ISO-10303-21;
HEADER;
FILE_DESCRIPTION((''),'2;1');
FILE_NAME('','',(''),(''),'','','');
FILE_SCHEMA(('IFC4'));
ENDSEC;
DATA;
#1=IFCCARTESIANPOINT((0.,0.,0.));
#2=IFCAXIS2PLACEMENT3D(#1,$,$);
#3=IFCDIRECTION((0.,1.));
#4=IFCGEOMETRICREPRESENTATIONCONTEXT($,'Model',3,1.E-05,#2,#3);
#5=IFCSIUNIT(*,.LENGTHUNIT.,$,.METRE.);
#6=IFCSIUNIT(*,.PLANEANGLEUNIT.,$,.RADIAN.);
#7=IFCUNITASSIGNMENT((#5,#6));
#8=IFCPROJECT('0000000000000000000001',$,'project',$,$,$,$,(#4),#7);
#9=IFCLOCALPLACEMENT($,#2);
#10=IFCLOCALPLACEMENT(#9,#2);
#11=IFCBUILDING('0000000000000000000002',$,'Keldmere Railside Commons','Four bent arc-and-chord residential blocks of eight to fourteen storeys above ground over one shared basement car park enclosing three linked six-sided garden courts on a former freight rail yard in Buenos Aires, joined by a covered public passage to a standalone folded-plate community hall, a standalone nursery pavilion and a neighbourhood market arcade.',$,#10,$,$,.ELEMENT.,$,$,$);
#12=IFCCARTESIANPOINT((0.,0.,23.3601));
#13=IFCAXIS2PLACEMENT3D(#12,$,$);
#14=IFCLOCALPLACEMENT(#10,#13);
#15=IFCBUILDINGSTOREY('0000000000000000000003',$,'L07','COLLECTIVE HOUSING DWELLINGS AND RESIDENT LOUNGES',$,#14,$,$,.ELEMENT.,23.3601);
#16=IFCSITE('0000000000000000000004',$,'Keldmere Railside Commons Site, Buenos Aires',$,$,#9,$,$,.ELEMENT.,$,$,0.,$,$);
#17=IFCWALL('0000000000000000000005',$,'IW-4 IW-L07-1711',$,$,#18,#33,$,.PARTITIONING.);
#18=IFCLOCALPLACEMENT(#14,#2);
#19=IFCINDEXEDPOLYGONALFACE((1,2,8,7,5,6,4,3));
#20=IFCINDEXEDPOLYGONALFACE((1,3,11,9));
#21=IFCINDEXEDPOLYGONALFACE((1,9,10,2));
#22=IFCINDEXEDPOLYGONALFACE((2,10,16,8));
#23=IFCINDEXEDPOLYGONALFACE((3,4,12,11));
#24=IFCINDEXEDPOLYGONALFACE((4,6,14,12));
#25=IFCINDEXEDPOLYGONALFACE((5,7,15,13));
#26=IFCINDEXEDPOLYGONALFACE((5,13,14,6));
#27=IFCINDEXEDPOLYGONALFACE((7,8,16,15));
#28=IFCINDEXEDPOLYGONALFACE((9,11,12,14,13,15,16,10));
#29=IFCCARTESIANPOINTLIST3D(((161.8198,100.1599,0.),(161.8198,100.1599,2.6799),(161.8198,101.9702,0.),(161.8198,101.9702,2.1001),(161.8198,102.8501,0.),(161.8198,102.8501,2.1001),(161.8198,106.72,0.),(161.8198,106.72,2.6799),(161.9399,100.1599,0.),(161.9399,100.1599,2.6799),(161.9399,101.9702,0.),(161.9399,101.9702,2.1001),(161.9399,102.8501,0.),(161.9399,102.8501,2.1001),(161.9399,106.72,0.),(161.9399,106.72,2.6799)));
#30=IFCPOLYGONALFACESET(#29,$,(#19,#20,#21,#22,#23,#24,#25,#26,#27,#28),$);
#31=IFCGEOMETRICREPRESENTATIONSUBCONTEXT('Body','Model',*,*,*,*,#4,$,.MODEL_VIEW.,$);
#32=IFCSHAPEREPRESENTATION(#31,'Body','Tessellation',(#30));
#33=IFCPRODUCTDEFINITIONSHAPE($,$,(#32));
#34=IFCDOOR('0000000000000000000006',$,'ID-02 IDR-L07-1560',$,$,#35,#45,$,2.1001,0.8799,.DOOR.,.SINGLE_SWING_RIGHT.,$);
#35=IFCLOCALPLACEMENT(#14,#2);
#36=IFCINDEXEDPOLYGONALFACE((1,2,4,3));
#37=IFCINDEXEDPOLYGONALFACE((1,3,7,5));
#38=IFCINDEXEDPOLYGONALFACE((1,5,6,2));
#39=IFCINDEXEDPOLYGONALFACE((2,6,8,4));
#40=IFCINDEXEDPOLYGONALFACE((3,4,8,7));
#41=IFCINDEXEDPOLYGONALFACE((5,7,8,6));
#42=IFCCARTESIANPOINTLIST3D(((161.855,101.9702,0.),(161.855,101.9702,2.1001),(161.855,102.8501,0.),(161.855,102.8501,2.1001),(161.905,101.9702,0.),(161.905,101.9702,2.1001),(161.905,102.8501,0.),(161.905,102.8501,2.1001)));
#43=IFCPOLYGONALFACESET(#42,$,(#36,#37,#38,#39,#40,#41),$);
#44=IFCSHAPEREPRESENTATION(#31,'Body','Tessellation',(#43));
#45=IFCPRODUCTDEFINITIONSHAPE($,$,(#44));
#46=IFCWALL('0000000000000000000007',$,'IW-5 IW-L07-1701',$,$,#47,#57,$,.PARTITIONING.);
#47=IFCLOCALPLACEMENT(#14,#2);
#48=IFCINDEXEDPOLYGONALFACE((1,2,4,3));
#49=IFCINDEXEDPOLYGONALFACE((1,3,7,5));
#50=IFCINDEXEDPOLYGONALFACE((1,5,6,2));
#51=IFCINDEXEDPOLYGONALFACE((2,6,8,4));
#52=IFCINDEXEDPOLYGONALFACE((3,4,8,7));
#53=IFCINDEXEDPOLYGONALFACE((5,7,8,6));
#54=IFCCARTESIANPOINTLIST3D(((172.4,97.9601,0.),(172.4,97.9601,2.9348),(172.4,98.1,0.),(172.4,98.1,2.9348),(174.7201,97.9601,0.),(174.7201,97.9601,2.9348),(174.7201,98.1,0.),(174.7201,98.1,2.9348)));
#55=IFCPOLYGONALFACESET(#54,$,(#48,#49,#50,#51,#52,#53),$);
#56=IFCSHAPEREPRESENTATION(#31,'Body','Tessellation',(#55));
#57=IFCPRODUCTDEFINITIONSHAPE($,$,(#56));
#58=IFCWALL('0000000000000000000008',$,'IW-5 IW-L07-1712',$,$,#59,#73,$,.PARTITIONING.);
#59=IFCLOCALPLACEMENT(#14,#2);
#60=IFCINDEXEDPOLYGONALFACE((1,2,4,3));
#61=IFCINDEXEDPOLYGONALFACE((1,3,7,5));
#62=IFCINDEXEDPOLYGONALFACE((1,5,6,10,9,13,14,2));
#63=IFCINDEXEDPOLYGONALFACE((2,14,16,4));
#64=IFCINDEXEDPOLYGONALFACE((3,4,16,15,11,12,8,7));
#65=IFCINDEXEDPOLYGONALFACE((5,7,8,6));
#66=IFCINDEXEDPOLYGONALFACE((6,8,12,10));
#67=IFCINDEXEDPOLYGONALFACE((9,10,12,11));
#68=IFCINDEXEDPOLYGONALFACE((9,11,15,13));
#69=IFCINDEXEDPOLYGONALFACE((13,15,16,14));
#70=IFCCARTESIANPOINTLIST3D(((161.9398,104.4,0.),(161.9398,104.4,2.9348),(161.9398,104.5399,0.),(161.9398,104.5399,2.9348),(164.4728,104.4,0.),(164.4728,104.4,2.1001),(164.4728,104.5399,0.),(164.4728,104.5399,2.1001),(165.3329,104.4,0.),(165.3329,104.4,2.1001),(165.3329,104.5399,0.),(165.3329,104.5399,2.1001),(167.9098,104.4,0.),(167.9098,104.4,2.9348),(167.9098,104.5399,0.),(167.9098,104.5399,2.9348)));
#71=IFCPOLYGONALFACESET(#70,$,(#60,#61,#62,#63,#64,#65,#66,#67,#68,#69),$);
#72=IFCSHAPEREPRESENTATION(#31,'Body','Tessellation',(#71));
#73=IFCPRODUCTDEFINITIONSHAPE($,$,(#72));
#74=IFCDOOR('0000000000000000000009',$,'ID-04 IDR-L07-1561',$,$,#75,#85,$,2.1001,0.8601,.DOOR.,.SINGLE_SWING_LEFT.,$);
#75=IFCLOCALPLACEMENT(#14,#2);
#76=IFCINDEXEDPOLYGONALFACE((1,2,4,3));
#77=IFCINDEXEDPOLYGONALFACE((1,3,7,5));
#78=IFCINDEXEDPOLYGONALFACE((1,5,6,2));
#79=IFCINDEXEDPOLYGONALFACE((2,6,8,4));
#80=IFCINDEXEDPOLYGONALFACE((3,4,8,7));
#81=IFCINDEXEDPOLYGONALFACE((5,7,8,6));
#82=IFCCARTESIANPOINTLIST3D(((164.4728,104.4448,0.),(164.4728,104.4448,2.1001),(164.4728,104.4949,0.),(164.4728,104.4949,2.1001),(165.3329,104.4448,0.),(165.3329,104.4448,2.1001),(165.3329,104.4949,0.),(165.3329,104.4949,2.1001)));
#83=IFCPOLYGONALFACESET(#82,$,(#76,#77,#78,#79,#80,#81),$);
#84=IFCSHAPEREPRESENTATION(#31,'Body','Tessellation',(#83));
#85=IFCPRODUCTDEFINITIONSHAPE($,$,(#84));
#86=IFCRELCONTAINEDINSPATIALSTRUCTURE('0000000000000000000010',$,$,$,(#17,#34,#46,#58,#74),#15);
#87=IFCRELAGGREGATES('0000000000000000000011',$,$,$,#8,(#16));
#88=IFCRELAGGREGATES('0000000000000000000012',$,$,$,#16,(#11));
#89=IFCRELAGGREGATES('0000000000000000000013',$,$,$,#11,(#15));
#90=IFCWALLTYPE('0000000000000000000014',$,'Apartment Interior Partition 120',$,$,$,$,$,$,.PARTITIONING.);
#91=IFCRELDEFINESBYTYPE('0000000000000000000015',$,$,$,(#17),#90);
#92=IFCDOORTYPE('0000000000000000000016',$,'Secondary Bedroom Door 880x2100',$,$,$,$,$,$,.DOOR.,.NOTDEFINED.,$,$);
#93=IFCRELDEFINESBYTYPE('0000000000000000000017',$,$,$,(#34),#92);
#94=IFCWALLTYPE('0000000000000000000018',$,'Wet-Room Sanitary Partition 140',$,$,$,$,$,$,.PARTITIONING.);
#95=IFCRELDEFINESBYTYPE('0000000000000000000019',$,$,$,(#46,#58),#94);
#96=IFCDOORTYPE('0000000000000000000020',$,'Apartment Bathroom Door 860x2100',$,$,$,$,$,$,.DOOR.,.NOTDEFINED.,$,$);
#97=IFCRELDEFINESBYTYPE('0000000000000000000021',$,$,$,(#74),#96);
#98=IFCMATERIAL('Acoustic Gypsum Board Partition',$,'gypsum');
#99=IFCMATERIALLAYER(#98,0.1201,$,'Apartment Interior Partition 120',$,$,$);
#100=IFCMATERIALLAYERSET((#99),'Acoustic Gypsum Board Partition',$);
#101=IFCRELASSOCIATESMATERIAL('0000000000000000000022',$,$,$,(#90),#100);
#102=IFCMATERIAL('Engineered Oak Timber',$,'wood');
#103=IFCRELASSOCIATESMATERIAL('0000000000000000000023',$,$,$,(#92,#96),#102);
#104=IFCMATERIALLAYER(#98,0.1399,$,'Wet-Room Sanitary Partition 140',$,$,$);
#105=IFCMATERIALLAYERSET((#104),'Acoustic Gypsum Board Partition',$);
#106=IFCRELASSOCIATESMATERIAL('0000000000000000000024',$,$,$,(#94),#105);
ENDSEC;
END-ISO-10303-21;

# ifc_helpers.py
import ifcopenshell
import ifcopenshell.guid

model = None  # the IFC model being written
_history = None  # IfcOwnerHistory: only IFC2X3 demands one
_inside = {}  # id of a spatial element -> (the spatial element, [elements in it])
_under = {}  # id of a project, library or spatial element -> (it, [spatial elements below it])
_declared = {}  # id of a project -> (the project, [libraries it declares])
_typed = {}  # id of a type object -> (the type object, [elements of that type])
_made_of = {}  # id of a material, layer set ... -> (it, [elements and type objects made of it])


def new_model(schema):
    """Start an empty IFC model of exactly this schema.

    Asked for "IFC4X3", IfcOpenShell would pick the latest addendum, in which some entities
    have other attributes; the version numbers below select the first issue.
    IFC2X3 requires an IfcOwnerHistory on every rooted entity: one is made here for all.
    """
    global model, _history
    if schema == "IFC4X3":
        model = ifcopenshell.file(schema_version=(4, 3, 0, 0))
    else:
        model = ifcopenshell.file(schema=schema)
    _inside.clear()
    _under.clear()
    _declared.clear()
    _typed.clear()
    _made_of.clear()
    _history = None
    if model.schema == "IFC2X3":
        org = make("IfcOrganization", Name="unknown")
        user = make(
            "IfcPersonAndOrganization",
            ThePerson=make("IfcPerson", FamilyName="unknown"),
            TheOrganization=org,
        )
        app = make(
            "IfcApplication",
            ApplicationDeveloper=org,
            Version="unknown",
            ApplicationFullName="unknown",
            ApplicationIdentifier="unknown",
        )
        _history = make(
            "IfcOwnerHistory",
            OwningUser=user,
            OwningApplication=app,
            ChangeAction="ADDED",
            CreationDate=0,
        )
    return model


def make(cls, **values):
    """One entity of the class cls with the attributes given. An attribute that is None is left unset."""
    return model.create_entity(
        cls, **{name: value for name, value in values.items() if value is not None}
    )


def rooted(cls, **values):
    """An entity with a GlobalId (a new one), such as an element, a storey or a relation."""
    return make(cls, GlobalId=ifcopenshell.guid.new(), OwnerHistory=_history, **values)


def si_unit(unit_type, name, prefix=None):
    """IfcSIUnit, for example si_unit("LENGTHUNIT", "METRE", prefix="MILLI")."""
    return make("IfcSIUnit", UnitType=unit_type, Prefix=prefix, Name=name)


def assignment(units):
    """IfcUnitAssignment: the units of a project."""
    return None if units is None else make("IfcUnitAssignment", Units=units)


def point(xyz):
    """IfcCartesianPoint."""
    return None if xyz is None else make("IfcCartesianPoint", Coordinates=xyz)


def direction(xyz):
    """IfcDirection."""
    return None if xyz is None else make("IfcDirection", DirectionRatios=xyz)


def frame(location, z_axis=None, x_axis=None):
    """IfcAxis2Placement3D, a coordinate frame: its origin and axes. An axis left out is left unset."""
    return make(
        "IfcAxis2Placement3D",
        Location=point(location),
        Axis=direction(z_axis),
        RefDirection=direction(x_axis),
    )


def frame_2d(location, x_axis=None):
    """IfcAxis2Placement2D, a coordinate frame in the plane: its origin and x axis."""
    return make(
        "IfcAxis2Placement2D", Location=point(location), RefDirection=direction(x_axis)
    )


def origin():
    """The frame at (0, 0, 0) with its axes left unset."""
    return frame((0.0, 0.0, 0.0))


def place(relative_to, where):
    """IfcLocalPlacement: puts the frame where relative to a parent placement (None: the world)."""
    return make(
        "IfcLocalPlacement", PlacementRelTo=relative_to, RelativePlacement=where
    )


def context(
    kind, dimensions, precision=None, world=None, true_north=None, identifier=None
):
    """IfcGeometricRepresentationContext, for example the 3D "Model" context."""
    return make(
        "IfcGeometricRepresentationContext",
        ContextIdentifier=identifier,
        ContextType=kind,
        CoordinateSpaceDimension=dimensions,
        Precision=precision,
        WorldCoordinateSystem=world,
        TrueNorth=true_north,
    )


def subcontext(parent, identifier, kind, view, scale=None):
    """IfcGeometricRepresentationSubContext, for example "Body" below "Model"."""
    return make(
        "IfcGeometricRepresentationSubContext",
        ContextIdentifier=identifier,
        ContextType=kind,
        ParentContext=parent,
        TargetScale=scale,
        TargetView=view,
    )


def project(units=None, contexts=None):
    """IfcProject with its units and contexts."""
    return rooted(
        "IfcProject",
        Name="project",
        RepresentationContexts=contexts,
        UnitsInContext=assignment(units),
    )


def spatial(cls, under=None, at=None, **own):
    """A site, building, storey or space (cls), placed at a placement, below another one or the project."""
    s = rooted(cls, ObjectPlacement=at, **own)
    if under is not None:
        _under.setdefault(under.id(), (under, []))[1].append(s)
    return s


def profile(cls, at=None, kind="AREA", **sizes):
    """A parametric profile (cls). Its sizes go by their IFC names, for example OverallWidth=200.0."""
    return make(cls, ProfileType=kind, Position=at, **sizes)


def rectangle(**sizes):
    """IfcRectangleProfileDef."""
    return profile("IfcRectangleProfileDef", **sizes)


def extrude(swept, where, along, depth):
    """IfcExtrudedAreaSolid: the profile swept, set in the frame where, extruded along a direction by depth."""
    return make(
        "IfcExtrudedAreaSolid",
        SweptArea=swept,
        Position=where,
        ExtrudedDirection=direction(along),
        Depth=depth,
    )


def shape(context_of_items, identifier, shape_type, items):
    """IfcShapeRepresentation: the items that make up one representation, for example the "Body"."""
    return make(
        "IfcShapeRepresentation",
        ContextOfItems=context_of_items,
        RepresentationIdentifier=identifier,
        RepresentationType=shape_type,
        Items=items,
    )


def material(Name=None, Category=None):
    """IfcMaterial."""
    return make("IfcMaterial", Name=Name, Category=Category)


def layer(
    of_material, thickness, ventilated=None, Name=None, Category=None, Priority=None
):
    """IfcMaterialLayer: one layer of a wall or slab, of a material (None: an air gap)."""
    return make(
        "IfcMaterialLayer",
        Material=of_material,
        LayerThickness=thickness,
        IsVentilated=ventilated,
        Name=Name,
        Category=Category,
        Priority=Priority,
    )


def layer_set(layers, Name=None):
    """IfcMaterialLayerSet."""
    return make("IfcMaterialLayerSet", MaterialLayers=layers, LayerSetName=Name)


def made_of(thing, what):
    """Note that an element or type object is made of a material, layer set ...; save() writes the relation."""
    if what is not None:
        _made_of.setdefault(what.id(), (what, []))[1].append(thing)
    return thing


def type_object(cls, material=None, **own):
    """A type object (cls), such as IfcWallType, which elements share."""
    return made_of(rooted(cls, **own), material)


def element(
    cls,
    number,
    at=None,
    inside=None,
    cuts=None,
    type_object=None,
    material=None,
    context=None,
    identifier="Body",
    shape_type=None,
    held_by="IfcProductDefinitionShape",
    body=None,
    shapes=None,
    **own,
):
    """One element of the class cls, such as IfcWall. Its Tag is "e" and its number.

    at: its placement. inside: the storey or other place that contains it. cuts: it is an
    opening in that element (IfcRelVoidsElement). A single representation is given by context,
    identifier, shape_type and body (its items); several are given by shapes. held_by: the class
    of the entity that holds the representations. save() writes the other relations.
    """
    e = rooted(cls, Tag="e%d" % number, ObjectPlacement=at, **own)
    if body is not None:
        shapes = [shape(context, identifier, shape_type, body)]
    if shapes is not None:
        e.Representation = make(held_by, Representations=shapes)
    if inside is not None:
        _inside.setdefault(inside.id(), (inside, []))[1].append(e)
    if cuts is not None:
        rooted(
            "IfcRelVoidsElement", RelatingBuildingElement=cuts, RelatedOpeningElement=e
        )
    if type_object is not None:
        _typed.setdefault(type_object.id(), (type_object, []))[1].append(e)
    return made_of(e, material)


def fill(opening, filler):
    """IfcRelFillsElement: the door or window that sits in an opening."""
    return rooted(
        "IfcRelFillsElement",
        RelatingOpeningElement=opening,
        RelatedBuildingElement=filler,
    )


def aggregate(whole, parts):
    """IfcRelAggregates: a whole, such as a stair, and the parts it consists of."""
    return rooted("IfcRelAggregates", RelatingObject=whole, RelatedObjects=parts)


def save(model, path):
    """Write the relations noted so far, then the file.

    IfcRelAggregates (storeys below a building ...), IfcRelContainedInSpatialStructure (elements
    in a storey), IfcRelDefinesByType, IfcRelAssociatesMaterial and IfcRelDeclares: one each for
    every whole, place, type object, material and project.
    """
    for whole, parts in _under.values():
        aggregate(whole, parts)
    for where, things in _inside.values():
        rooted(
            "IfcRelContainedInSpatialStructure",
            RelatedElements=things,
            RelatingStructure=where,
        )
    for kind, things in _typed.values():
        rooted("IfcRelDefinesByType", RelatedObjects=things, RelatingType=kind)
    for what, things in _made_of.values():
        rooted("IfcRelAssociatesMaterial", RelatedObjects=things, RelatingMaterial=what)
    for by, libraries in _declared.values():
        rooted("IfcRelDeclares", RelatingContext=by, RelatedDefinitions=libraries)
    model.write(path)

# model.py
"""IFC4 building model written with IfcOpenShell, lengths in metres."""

from ifc_helpers import new_model, si_unit, direction, frame, frame_2d, origin, place, context, subcontext, project, spatial, rectangle, extrude, material, layer, layer_set, type_object, element, fill, save


model = new_model("IFC4")

# Units and contexts
model_context = context("Model", 3, precision=1e-05, world=origin(), true_north=direction((0.0, 1.0)))
body_context = subcontext(model_context, "Body", "Model", "MODEL_VIEW")
ifc_project = project(units=[si_unit("LENGTHUNIT", "METRE"), si_unit("PLANEANGLEUNIT", "RADIAN")], contexts=[model_context])

# Site, building, storey
site_placement = place(None, origin())
site = spatial("IfcSite", under=ifc_project, at=site_placement, Name="Keldmere Railside Commons Site, Buenos Aires", CompositionType="ELEMENT", RefElevation=0.0)
building_placement = place(site_placement, origin())
building = spatial("IfcBuilding", under=site, at=building_placement, Name="Keldmere Railside Commons", Description="Four bent arc-and-chord residential blocks of eight to fourteen storeys above ground over one shared basement car park enclosing three linked six-sided garden courts on a former freight rail yard in Buenos Aires, joined by a covered public passage to a standalone folded-plate community hall, a standalone nursery pavilion and a neighbourhood market arcade.", CompositionType="ELEMENT")
storey_placement = place(building_placement, frame((0.0, 0.0, 23.3601)))
storey = spatial("IfcBuildingStorey", under=building, at=storey_placement, Name="L07", Description="COLLECTIVE HOUSING DWELLINGS AND RESIDENT LOUNGES", CompositionType="ELEMENT", Elevation=23.3601)

# Shared definitions
ifc_material_1 = material(Name="Acoustic Gypsum Board Partition", Category="gypsum")

# Wall, opening, door
ifc_layer_1 = layer(ifc_material_1, 0.1201, Name="Apartment Interior Partition 120")
ifc_layer_set_1 = layer_set([ifc_layer_1], Name="Acoustic Gypsum Board Partition")
wall_type_1 = type_object("IfcWallType", Name="Apartment Interior Partition 120", PredefinedType="PARTITIONING", material=ifc_layer_set_1)
ifc_material_2 = material(Name="Engineered Oak Timber", Category="wood")
door_type_1 = type_object("IfcDoorType", Name="Secondary Bedroom Door 880x2100", OperationType="NOTDEFINED", PredefinedType="DOOR", material=ifc_material_2)
wall_1_placement = place(storey_placement, frame((161.8799, 100.1599, 0.0), z_axis=(0.0, 0.0, 1.0), x_axis=(0.0, 1.0, 0.0)))
wall_1 = element("IfcWall", 1, at=wall_1_placement, inside=storey, type_object=wall_type_1, Name="IW-4 IW-L07-1711", PredefinedType="PARTITIONING", context=body_context, shape_type="SweptSolid", body=[
    extrude(rectangle(XDim=6.5601, YDim=0.1201, at=frame_2d((3.28, 0.0))), origin(), (0.0, 0.0, 1.0), 2.6799),
])
opening_1_placement = place(wall_1_placement, frame((1.8103, 0.0, 0.0)))
opening_1 = element("IfcOpeningElement", 2, at=opening_1_placement, cuts=wall_1, PredefinedType="OPENING", context=body_context, shape_type="SweptSolid", body=[
    extrude(rectangle(XDim=0.8799, YDim=2.1001, at=frame_2d((0.4399, 1.05))), frame((0.0, 0.0701, 0.0), z_axis=(0.0, -1.0, 0.0), x_axis=(1.0, 0.0, 0.0)), (0.0, 0.0, 1.0), 0.1401),
])
door_1_placement = place(opening_1_placement, origin())
door_1 = element("IfcDoor", 3, at=door_1_placement, inside=storey, type_object=door_type_1, Name="ID-02 IDR-L07-1560", OperationType="SINGLE_SWING_RIGHT", OverallHeight=2.1001, OverallWidth=0.8799, PredefinedType="DOOR", context=body_context, shape_type="SweptSolid", body=[
    extrude(rectangle(XDim=0.8799, YDim=2.1001, at=frame_2d((0.4399, 1.05))), frame((0.0, 0.0249, 0.0), z_axis=(0.0, -1.0, 0.0), x_axis=(1.0, 0.0, 0.0)), (0.0, 0.0, 1.0), 0.05),
])
fill(opening_1, door_1)

# Wall
ifc_layer_2 = layer(ifc_material_1, 0.1399, Name="Wet-Room Sanitary Partition 140")
ifc_layer_set_2 = layer_set([ifc_layer_2], Name="Acoustic Gypsum Board Partition")
wall_type_2 = type_object("IfcWallType", Name="Wet-Room Sanitary Partition 140", PredefinedType="PARTITIONING", material=ifc_layer_set_2)
wall_2_placement = place(storey_placement, frame((172.3999, 98.03, 0.0), z_axis=(0.0, 0.0, 1.0), x_axis=(1.0, 0.0, 0.0)))
element("IfcWall", 4, at=wall_2_placement, inside=storey, type_object=wall_type_2, Name="IW-5 IW-L07-1701", PredefinedType="PARTITIONING", context=body_context, shape_type="SweptSolid", body=[
    extrude(rectangle(XDim=2.3201, YDim=0.1399, at=frame_2d((1.1602, 0.0))), origin(), (0.0, 0.0, 1.0), 2.9348),
])

# Wall, opening, door
wall_3_placement = place(storey_placement, frame((161.9399, 104.47, 0.0), z_axis=(0.0, 0.0, 1.0), x_axis=(1.0, 0.0, 0.0)))
wall_3 = element("IfcWall", 5, at=wall_3_placement, inside=storey, type_object=wall_type_2, Name="IW-5 IW-L07-1712", PredefinedType="PARTITIONING", context=body_context, shape_type="SweptSolid", body=[
    extrude(rectangle(XDim=5.97, YDim=0.1399, at=frame_2d((2.9849, 0.0))), origin(), (0.0, 0.0, 1.0), 2.9348),
])
opening_2_placement = place(wall_3_placement, frame((2.5327, 0.0, 0.0)))
opening_2 = element("IfcOpeningElement", 6, at=opening_2_placement, cuts=wall_3, PredefinedType="OPENING", context=body_context, shape_type="SweptSolid", body=[
    extrude(rectangle(XDim=0.8601, YDim=2.1001, at=frame_2d((0.4302, 1.05))), frame((0.0, 0.0798, 0.0), z_axis=(0.0, -1.0, 0.0), x_axis=(1.0, 0.0, 0.0)), (0.0, 0.0, 1.0), 0.1599),
])
door_type_2 = type_object("IfcDoorType", Name="Apartment Bathroom Door 860x2100", OperationType="NOTDEFINED", PredefinedType="DOOR", material=ifc_material_2)
door_2_placement = place(opening_2_placement, origin())
door_2 = element("IfcDoor", 7, at=door_2_placement, inside=storey, type_object=door_type_2, Name="ID-04 IDR-L07-1561", OperationType="SINGLE_SWING_LEFT", OverallHeight=2.1001, OverallWidth=0.8601, PredefinedType="DOOR", context=body_context, shape_type="SweptSolid", body=[
    extrude(rectangle(XDim=0.8601, YDim=2.1001, at=frame_2d((0.4302, 1.05))), frame((0.0, 0.0249, 0.0), z_axis=(0.0, -1.0, 0.0), x_axis=(1.0, 0.0, 0.0)), (0.0, 0.0, 1.0), 0.05),
])
fill(opening_2, door_2)

save(model, "model.ifc")
